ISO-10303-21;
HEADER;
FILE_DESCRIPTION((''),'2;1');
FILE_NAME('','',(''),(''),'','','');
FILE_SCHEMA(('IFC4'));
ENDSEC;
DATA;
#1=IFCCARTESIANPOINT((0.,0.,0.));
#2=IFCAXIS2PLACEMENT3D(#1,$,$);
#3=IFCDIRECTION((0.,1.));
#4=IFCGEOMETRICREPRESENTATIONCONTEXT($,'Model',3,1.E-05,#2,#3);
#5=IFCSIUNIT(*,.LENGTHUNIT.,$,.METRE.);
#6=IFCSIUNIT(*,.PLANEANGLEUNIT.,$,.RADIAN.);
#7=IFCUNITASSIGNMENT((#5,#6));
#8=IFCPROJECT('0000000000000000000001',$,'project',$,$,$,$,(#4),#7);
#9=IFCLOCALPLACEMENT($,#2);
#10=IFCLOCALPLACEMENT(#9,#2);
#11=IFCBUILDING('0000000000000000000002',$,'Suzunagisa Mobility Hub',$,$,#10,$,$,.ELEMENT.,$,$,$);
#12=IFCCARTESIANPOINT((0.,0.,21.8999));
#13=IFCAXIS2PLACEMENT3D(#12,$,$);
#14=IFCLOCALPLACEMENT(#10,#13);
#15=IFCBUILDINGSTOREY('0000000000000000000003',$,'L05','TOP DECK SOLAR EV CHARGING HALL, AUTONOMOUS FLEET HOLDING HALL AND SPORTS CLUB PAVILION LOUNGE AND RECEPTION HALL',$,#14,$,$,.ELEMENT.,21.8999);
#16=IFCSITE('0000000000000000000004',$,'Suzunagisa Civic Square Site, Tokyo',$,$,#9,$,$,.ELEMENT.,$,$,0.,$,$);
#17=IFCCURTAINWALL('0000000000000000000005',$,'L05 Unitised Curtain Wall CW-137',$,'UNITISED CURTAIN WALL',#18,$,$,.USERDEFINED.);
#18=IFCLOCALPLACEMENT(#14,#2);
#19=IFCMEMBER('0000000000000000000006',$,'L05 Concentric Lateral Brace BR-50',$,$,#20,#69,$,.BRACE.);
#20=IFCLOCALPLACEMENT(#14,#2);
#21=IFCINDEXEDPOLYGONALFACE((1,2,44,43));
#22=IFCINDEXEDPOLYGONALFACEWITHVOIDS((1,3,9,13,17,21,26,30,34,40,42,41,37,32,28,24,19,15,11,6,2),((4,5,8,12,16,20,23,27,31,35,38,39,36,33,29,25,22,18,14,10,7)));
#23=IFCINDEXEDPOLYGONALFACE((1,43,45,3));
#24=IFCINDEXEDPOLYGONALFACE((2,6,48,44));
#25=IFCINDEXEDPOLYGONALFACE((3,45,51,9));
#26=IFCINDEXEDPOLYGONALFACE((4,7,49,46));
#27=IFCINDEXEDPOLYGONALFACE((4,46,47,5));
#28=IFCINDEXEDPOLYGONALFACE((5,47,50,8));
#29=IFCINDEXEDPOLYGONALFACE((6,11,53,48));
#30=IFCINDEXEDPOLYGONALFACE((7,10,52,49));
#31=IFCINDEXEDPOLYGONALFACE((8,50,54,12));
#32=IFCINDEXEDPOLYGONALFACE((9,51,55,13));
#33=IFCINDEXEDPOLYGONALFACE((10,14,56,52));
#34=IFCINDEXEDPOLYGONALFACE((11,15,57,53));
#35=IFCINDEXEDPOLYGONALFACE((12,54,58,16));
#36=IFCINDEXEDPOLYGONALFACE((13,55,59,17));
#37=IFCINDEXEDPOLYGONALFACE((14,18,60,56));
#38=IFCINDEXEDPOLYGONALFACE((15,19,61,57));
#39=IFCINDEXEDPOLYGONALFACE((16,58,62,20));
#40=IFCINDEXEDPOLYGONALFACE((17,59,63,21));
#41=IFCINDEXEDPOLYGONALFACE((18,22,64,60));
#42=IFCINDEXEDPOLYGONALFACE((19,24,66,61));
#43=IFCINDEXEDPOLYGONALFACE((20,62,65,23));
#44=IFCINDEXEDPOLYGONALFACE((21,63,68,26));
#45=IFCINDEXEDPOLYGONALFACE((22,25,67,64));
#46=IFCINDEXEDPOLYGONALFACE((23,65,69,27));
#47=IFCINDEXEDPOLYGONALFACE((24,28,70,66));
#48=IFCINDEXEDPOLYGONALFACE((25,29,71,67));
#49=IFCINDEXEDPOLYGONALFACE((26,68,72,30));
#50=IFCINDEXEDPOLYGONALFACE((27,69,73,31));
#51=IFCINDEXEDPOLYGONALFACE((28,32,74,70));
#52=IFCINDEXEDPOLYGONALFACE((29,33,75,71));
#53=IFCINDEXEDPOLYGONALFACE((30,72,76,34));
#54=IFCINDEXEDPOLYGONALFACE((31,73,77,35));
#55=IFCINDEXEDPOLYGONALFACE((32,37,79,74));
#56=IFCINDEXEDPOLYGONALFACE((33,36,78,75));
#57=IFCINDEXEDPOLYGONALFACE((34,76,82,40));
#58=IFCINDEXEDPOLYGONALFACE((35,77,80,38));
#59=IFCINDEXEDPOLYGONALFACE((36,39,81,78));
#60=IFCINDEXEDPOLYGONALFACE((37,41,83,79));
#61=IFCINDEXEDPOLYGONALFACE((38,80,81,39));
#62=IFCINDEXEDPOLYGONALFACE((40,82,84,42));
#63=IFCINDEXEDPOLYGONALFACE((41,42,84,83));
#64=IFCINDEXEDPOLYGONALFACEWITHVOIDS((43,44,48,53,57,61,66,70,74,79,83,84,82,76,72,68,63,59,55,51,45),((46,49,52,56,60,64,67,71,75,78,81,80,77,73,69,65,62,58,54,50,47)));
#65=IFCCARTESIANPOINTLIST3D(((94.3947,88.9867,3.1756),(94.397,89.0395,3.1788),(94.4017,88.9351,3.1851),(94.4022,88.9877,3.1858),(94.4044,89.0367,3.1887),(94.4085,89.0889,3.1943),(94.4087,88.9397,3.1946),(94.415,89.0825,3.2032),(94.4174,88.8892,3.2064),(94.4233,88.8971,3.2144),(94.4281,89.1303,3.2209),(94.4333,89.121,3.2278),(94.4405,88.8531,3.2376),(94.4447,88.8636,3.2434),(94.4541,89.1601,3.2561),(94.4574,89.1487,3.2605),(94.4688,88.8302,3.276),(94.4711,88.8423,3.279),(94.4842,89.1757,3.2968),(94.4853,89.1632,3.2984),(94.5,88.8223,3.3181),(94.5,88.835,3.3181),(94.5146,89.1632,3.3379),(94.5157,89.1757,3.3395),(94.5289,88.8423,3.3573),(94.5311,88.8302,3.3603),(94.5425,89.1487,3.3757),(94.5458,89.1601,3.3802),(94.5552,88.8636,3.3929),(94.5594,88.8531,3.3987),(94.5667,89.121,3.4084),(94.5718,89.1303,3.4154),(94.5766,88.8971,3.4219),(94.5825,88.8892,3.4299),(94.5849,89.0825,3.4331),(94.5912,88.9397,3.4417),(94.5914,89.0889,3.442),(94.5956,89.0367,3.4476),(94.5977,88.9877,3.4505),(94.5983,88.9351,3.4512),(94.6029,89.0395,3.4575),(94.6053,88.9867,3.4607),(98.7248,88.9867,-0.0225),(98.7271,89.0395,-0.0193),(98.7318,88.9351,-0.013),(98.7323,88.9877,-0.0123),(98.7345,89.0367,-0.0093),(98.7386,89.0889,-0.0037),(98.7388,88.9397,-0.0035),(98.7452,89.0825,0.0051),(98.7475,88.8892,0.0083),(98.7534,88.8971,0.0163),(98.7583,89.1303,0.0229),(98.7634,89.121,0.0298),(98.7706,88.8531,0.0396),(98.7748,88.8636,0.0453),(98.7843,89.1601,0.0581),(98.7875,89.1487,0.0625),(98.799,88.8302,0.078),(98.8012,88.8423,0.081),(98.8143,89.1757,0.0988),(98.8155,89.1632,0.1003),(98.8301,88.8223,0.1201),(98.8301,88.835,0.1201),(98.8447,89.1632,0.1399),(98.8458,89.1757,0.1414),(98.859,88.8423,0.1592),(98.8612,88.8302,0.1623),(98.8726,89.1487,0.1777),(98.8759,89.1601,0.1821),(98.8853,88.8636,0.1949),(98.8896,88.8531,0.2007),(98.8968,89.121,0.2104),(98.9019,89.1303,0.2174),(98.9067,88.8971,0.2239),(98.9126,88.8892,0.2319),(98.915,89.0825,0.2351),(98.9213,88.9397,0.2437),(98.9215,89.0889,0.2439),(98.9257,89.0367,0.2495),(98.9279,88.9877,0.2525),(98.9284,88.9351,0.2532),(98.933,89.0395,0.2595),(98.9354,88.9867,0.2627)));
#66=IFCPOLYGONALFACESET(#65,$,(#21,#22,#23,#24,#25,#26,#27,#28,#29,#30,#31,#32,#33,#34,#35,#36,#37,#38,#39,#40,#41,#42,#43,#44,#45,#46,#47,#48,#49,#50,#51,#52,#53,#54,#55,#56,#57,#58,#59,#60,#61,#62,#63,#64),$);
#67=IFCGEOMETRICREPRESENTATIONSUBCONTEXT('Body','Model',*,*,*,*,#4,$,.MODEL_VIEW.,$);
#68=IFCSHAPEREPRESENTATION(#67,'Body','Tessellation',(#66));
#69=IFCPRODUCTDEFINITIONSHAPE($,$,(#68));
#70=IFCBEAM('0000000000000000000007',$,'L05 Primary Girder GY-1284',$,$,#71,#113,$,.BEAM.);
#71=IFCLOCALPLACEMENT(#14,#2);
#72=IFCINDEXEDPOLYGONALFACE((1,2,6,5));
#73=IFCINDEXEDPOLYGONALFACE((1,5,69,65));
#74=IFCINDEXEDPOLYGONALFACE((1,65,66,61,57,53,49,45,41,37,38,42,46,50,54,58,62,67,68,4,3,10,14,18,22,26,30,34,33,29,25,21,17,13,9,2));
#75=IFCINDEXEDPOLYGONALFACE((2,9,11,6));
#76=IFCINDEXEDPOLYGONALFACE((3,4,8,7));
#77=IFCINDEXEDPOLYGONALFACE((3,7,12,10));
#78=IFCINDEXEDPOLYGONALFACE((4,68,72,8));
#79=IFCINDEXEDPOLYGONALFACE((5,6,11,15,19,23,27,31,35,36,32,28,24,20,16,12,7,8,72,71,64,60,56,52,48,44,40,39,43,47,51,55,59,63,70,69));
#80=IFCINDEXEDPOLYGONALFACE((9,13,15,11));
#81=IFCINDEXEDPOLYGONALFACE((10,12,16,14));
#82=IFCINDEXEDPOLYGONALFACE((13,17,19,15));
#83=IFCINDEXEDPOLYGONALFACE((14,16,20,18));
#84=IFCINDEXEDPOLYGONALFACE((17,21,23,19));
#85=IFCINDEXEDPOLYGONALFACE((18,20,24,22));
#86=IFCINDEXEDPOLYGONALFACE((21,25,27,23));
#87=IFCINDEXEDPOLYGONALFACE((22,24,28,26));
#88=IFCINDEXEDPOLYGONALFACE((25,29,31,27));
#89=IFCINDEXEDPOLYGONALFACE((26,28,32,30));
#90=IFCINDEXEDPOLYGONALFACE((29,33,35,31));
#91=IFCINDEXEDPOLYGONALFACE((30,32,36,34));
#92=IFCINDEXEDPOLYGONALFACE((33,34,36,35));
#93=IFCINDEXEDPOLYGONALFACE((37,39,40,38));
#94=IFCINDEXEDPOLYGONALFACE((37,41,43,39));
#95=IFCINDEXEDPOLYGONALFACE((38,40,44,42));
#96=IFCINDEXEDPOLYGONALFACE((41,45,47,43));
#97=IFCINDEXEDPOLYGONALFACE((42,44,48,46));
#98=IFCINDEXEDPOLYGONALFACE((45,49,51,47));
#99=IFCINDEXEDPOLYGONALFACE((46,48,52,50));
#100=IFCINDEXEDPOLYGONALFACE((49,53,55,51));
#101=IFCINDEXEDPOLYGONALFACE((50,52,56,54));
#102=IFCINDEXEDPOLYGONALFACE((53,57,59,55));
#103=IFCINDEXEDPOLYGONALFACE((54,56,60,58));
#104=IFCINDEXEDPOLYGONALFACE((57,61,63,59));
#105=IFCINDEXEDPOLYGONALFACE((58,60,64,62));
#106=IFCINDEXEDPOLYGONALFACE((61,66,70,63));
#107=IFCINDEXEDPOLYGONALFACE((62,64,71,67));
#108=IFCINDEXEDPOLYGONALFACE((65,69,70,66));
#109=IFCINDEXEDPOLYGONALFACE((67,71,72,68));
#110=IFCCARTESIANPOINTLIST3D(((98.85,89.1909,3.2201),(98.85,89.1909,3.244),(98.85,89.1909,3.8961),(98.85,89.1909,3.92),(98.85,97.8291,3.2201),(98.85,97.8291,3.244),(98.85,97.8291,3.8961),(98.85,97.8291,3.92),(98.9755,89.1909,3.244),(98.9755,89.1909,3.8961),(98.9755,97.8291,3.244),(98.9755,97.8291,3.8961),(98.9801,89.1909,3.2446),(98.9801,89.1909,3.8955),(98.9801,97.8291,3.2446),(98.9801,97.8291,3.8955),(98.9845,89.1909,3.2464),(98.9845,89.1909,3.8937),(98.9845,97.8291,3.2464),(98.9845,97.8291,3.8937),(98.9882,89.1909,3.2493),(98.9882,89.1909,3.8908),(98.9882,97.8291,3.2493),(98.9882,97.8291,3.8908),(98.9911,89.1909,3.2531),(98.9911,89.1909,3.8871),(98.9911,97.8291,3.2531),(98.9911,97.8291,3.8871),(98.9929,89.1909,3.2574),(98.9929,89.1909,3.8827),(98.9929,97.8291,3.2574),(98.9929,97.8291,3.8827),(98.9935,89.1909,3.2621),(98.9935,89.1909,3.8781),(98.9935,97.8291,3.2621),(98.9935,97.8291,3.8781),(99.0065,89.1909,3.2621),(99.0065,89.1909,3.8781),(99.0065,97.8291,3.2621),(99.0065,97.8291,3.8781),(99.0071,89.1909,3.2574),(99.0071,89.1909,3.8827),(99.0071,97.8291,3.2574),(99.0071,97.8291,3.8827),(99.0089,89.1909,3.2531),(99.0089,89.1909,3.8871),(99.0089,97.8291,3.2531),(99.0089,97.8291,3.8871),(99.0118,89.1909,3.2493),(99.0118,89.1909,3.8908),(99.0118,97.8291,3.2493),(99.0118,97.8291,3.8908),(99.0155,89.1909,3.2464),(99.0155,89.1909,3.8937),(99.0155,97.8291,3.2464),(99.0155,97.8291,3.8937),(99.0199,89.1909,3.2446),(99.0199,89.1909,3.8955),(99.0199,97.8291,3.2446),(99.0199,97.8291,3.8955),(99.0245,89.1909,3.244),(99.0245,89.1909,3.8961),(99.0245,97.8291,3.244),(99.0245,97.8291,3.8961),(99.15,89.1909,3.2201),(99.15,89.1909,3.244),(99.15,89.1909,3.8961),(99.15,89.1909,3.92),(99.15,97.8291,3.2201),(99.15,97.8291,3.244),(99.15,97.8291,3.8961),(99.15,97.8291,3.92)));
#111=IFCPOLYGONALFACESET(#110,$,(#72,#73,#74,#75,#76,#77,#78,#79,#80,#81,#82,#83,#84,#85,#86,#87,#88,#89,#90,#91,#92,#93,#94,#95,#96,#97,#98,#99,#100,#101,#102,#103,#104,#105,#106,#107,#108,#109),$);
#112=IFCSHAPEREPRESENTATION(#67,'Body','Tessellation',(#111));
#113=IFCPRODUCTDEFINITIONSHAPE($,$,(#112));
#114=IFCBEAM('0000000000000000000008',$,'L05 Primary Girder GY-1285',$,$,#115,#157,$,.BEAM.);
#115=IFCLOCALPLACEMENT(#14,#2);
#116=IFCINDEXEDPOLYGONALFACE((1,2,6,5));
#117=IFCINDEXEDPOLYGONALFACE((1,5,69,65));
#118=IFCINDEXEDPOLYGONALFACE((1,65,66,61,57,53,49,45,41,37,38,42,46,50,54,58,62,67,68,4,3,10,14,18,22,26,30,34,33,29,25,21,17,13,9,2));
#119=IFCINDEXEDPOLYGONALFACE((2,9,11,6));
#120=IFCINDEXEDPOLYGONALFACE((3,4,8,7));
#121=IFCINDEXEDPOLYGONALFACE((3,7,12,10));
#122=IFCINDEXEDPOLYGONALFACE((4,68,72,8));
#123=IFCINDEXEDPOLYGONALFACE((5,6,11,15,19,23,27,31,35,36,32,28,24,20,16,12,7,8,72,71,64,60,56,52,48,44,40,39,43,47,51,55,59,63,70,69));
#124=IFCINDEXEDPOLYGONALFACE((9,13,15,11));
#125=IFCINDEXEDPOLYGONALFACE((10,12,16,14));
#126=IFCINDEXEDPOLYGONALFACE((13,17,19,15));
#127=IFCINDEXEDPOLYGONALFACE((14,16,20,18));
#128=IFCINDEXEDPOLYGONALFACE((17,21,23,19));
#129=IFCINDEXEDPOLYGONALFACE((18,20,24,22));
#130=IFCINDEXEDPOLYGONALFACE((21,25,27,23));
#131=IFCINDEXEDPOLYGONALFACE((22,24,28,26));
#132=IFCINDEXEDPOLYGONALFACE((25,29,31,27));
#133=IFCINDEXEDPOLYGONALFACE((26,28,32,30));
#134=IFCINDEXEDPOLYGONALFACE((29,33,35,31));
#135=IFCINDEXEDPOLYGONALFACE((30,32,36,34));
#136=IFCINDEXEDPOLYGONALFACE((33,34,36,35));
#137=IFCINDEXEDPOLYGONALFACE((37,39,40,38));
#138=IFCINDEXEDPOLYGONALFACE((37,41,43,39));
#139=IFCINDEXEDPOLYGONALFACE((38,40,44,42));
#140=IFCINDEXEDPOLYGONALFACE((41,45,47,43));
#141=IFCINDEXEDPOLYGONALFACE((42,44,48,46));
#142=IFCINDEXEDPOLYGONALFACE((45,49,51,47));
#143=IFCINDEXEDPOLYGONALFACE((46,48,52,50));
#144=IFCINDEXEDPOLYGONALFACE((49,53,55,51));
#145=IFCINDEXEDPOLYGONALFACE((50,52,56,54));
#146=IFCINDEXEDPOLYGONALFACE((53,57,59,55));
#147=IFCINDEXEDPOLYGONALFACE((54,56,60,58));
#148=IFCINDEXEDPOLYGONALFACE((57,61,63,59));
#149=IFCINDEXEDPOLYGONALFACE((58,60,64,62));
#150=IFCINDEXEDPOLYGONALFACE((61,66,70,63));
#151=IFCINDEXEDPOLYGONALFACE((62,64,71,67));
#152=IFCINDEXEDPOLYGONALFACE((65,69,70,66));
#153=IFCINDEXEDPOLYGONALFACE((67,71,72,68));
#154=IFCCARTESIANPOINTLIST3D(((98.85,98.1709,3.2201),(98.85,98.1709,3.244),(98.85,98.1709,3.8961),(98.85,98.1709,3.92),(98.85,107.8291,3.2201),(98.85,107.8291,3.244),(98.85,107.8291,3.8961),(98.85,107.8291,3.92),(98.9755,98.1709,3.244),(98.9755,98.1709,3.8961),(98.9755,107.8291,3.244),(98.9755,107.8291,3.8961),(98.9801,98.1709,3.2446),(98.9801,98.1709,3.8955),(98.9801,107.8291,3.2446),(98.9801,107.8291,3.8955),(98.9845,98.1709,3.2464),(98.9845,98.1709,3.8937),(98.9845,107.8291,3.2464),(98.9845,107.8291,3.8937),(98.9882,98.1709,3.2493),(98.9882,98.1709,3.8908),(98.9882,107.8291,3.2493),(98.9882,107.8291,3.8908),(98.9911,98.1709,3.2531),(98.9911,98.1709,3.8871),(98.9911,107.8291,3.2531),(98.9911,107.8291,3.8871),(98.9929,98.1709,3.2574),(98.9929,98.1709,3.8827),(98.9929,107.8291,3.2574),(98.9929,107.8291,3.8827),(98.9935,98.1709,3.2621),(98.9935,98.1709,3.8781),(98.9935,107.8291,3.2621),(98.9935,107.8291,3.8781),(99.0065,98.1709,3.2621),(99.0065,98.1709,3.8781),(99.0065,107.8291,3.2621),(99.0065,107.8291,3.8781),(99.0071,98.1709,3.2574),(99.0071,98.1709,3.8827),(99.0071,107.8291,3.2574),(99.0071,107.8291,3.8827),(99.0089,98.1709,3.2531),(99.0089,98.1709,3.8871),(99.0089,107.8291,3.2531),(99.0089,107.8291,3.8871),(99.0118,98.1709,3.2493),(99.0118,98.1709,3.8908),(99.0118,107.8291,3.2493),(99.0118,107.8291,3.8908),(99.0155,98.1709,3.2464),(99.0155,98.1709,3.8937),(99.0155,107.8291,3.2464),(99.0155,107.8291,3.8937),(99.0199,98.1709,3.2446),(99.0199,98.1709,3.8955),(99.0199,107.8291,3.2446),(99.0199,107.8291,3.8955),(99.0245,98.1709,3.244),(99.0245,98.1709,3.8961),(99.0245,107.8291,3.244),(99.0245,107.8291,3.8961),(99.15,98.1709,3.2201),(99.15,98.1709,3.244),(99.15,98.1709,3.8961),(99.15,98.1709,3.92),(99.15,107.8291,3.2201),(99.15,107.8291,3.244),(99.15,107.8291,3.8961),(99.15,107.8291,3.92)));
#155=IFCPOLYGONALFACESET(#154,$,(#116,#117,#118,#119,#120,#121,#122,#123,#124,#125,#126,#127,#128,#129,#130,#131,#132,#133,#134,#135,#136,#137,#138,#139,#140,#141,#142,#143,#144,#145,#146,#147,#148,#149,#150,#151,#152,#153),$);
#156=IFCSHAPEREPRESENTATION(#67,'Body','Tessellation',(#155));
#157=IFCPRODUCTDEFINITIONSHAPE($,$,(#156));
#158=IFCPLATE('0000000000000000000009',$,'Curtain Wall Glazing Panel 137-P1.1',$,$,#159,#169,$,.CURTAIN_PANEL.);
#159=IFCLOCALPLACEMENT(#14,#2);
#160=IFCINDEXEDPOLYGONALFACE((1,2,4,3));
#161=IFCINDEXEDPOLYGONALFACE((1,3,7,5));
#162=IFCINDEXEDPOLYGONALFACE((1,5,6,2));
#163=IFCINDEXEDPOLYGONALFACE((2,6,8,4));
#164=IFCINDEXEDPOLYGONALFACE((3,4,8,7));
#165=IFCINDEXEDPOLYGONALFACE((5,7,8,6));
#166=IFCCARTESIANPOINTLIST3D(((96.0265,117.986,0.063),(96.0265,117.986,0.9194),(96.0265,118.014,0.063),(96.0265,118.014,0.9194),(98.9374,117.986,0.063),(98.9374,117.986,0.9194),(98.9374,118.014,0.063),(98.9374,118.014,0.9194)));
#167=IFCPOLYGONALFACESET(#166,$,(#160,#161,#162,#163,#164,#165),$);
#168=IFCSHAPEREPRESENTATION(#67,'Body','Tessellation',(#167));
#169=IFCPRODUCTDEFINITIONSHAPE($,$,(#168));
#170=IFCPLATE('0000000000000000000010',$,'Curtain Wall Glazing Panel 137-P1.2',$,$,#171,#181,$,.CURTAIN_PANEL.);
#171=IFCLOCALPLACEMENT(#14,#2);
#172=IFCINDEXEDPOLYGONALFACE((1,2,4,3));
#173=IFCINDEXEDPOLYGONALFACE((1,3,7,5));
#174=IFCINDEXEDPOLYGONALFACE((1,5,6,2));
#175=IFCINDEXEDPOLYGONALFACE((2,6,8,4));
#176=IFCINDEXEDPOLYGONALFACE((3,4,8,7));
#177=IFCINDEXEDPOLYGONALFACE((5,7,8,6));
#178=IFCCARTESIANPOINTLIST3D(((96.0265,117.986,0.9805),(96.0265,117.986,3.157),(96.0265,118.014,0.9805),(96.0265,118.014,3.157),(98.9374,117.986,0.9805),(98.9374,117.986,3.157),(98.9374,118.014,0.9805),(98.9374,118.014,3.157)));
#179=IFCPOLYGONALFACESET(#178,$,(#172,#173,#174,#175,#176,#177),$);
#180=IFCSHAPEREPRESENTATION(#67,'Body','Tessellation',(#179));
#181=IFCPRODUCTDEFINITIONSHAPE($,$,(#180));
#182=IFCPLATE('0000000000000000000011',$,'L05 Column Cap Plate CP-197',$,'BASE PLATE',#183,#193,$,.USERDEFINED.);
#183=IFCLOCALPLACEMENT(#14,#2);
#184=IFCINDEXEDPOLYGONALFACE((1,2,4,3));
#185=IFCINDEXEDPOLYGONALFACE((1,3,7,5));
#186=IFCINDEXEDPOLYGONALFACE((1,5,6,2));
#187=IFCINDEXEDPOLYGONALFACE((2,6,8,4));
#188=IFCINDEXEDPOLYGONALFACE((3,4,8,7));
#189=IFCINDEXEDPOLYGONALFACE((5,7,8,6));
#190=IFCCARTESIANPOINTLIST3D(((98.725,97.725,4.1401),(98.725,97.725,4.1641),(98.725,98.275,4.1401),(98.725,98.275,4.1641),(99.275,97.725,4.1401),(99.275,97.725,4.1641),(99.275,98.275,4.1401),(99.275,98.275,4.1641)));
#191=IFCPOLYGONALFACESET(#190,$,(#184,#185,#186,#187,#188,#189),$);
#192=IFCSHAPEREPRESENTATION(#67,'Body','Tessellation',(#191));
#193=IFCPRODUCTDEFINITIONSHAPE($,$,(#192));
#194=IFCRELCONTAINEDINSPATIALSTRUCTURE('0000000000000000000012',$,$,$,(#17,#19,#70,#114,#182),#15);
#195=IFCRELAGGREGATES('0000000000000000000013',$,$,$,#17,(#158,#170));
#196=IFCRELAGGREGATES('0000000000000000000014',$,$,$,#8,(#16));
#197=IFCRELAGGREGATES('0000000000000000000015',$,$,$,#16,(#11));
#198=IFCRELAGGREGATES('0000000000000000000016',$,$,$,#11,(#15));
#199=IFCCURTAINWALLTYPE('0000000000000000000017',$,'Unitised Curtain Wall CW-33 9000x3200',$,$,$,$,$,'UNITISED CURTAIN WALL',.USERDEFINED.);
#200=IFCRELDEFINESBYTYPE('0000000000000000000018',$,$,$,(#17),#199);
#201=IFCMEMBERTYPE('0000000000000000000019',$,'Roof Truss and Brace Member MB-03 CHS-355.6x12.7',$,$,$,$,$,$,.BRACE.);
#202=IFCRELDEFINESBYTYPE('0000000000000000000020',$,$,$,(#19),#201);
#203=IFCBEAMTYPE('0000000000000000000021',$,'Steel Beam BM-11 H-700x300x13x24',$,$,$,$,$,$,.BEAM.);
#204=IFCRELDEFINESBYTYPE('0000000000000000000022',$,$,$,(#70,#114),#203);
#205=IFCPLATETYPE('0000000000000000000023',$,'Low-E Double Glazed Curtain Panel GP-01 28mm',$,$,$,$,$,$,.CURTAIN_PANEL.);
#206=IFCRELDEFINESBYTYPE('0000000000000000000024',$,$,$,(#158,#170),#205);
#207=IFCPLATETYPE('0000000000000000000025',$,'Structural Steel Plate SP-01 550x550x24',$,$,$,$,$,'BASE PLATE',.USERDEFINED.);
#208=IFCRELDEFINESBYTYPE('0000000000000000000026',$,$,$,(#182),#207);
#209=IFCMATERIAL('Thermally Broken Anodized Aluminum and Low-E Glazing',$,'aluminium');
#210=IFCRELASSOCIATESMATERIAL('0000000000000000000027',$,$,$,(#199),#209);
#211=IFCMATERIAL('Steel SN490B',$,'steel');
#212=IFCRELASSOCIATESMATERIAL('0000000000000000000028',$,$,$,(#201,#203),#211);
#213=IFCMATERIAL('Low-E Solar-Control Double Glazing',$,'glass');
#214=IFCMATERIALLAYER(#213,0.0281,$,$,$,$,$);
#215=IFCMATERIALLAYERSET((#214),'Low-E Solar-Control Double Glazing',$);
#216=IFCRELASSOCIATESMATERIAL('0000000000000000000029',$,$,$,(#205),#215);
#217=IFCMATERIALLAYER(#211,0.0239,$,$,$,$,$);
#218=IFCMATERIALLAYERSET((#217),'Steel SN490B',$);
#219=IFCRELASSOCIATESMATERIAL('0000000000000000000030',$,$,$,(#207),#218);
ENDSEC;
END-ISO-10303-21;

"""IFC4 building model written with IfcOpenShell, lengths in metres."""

from ifc_helpers import new_model, si_unit, direction, frame, origin, origin_2d, place, context, subcontext, project, spatial, rectangle, hollow_circle, i_section, extrude, material, layer, layer_set, material_profile, profile_set, type_object, element, aggregate, save


model = new_model("IFC4")

# Units and contexts
model_context = context("Model", 3, precision=1e-05, world=origin(), true_north=direction((0.0, 1.0)))
body_context = subcontext(model_context, "Body", "Model", "MODEL_VIEW")
ifc_project = project(units=[si_unit("LENGTHUNIT", "METRE"), si_unit("PLANEANGLEUNIT", "RADIAN")], contexts=[model_context])

# Site, building, storey
site_placement = place(None, origin())
site = spatial("IfcSite", under=ifc_project, at=site_placement, Name="Suzunagisa Civic Square Site, Tokyo", CompositionType="ELEMENT", RefElevation=0.0)
building_placement = place(site_placement, origin())
building = spatial("IfcBuilding", under=site, at=building_placement, Name="Suzunagisa Mobility Hub", CompositionType="ELEMENT")
storey_placement = place(building_placement, frame((0.0, 0.0, 21.8999)))
storey = spatial("IfcBuildingStorey", under=building, at=storey_placement, Name="L05", Description="TOP DECK SOLAR EV CHARGING HALL, AUTONOMOUS FLEET HOLDING HALL AND SPORTS CLUB PAVILION LOUNGE AND RECEPTION HALL", CompositionType="ELEMENT", Elevation=21.8999)

# Shared definitions
ifc_material_1 = material(Name="Steel SN490B", Category="steel")

# Curtain wall
ifc_material_2 = material(Name="Thermally Broken Anodized Aluminum and Low-E Glazing", Category="aluminium")
curtain_wall_type = type_object("IfcCurtainWallType", Name="Unitised Curtain Wall CW-33 9000x3200", ElementType="UNITISED CURTAIN WALL", PredefinedType="USERDEFINED", material=ifc_material_2)
curtain_wall_placement = place(storey_placement, origin())
curtain_wall = element("IfcCurtainWall", 1, at=curtain_wall_placement, inside=storey, type_object=curtain_wall_type, Name="L05 Unitised Curtain Wall CW-137", ObjectType="UNITISED CURTAIN WALL", PredefinedType="USERDEFINED")

# Member
ifc_material_profile_1 = material_profile(ifc_material_1, hollow_circle(Radius=0.1777, WallThickness=0.0127, at=origin_2d()), Name="CHS-355.6x12.7")
ifc_profile_set_1 = profile_set([ifc_material_profile_1], Name="Steel SN490B")
member_type_1 = type_object("IfcMemberType", Name="Roof Truss and Brace Member MB-03 CHS-355.6x12.7", PredefinedType="BRACE", material=ifc_profile_set_1)
member_1_placement = place(storey_placement, frame((98.8301, 89.0, 0.1201), z_axis=(-0.804398, 0.0, 0.594091), x_axis=(0.0, -1.0, 0.0)))
element("IfcMember", 2, at=member_1_placement, inside=storey, type_object=member_type_1, Name="L05 Concentric Lateral Brace BR-50", PredefinedType="BRACE", context=body_context, shape_type="SweptSolid", body=[
    extrude(hollow_circle(Radius=0.1777, WallThickness=0.0127, at=origin_2d()), origin(), (0.0, 0.0, 1.0), 5.3831),
])

# Beams
ifc_material_profile_2 = material_profile(ifc_material_1, i_section(OverallWidth=0.3, OverallDepth=0.7, WebThickness=0.0129, FlangeThickness=0.0239, FilletRadius=0.0181, at=origin_2d()), Name="H-700x300x13x24")
ifc_profile_set_2 = profile_set([ifc_material_profile_2], Name="Steel SN490B")
beam_type = type_object("IfcBeamType", Name="Steel Beam BM-11 H-700x300x13x24", PredefinedType="BEAM", material=ifc_profile_set_2)
beam_1_placement = place(storey_placement, frame((99.0, 89.1909, 3.5701), z_axis=(0.0, 1.0, 0.0), x_axis=(-1.0, 0.0, 0.0)))
element("IfcBeam", 3, at=beam_1_placement, inside=storey, type_object=beam_type, Name="L05 Primary Girder GY-1284", PredefinedType="BEAM", context=body_context, shape_type="SweptSolid", body=[
    extrude(i_section(OverallWidth=0.3, OverallDepth=0.7, WebThickness=0.0129, FlangeThickness=0.0239, FilletRadius=0.0181, at=origin_2d()), origin(), (0.0, 0.0, 1.0), 8.6382),
])
beam_2_placement = place(storey_placement, frame((99.0, 98.1709, 3.5701), z_axis=(0.0, 1.0, 0.0), x_axis=(-1.0, 0.0, 0.0)))
element("IfcBeam", 4, at=beam_2_placement, inside=storey, type_object=beam_type, Name="L05 Primary Girder GY-1285", PredefinedType="BEAM", context=body_context, shape_type="SweptSolid", body=[
    extrude(i_section(OverallWidth=0.3, OverallDepth=0.7, WebThickness=0.0129, FlangeThickness=0.0239, FilletRadius=0.0181, at=origin_2d()), origin(), (0.0, 0.0, 1.0), 9.6582),
])

# Plates
ifc_material_3 = material(Name="Low-E Solar-Control Double Glazing", Category="glass")
ifc_layer_1 = layer(ifc_material_3, 0.0281)
ifc_layer_set_1 = layer_set([ifc_layer_1], Name="Low-E Solar-Control Double Glazing")
plate_type_1 = type_object("IfcPlateType", Name="Low-E Double Glazed Curtain Panel GP-01 28mm", PredefinedType="CURTAIN_PANEL", material=ifc_layer_set_1)
plate_1_placement = place(storey_placement, frame((97.4819, 118.0, 0.063), z_axis=(0.0, 0.0, 1.0), x_axis=(-1.0, 0.0, 0.0)))
plate_1 = element("IfcPlate", 5, at=plate_1_placement, type_object=plate_type_1, Name="Curtain Wall Glazing Panel 137-P1.1", PredefinedType="CURTAIN_PANEL", context=body_context, shape_type="SweptSolid", body=[
    extrude(rectangle(XDim=2.9109, YDim=0.0281, at=origin_2d()), origin(), (0.0, 0.0, 1.0), 0.8564),
])
plate_2_placement = place(storey_placement, frame((97.4819, 118.0, 0.9805), z_axis=(0.0, 0.0, 1.0), x_axis=(-1.0, 0.0, 0.0)))
plate_2 = element("IfcPlate", 6, at=plate_2_placement, type_object=plate_type_1, Name="Curtain Wall Glazing Panel 137-P1.2", PredefinedType="CURTAIN_PANEL", context=body_context, shape_type="SweptSolid", body=[
    extrude(rectangle(XDim=2.9109, YDim=0.0281, at=origin_2d()), origin(), (0.0, 0.0, 1.0), 2.1765),
])
aggregate(curtain_wall, [plate_1, plate_2])

# Plate
ifc_layer_2 = layer(ifc_material_1, 0.0239)
ifc_layer_set_2 = layer_set([ifc_layer_2], Name="Steel SN490B")
plate_type_2 = type_object("IfcPlateType", Name="Structural Steel Plate SP-01 550x550x24", ElementType="BASE PLATE", PredefinedType="USERDEFINED", material=ifc_layer_set_2)
for number, where, z_axis, x_axis, name in (
    (7, (99.0, 98.0, 4.1401), (0.0, 0.0, 1.0), (1.0, 0.0, 0.0), "L05 Column Cap Plate CP-197"),
):
    element("IfcPlate", number, at=place(storey_placement, frame(where, z_axis=z_axis, x_axis=x_axis)), inside=storey, type_object=plate_type_2, Name=name, ObjectType="BASE PLATE", PredefinedType="USERDEFINED", context=body_context, shape_type="SweptSolid", body=[
        extrude(rectangle(XDim=0.55, YDim=0.55, at=origin_2d()), origin(), (0.0, 0.0, 1.0), 0.0239),
    ])

save(model, "model.ifc")
